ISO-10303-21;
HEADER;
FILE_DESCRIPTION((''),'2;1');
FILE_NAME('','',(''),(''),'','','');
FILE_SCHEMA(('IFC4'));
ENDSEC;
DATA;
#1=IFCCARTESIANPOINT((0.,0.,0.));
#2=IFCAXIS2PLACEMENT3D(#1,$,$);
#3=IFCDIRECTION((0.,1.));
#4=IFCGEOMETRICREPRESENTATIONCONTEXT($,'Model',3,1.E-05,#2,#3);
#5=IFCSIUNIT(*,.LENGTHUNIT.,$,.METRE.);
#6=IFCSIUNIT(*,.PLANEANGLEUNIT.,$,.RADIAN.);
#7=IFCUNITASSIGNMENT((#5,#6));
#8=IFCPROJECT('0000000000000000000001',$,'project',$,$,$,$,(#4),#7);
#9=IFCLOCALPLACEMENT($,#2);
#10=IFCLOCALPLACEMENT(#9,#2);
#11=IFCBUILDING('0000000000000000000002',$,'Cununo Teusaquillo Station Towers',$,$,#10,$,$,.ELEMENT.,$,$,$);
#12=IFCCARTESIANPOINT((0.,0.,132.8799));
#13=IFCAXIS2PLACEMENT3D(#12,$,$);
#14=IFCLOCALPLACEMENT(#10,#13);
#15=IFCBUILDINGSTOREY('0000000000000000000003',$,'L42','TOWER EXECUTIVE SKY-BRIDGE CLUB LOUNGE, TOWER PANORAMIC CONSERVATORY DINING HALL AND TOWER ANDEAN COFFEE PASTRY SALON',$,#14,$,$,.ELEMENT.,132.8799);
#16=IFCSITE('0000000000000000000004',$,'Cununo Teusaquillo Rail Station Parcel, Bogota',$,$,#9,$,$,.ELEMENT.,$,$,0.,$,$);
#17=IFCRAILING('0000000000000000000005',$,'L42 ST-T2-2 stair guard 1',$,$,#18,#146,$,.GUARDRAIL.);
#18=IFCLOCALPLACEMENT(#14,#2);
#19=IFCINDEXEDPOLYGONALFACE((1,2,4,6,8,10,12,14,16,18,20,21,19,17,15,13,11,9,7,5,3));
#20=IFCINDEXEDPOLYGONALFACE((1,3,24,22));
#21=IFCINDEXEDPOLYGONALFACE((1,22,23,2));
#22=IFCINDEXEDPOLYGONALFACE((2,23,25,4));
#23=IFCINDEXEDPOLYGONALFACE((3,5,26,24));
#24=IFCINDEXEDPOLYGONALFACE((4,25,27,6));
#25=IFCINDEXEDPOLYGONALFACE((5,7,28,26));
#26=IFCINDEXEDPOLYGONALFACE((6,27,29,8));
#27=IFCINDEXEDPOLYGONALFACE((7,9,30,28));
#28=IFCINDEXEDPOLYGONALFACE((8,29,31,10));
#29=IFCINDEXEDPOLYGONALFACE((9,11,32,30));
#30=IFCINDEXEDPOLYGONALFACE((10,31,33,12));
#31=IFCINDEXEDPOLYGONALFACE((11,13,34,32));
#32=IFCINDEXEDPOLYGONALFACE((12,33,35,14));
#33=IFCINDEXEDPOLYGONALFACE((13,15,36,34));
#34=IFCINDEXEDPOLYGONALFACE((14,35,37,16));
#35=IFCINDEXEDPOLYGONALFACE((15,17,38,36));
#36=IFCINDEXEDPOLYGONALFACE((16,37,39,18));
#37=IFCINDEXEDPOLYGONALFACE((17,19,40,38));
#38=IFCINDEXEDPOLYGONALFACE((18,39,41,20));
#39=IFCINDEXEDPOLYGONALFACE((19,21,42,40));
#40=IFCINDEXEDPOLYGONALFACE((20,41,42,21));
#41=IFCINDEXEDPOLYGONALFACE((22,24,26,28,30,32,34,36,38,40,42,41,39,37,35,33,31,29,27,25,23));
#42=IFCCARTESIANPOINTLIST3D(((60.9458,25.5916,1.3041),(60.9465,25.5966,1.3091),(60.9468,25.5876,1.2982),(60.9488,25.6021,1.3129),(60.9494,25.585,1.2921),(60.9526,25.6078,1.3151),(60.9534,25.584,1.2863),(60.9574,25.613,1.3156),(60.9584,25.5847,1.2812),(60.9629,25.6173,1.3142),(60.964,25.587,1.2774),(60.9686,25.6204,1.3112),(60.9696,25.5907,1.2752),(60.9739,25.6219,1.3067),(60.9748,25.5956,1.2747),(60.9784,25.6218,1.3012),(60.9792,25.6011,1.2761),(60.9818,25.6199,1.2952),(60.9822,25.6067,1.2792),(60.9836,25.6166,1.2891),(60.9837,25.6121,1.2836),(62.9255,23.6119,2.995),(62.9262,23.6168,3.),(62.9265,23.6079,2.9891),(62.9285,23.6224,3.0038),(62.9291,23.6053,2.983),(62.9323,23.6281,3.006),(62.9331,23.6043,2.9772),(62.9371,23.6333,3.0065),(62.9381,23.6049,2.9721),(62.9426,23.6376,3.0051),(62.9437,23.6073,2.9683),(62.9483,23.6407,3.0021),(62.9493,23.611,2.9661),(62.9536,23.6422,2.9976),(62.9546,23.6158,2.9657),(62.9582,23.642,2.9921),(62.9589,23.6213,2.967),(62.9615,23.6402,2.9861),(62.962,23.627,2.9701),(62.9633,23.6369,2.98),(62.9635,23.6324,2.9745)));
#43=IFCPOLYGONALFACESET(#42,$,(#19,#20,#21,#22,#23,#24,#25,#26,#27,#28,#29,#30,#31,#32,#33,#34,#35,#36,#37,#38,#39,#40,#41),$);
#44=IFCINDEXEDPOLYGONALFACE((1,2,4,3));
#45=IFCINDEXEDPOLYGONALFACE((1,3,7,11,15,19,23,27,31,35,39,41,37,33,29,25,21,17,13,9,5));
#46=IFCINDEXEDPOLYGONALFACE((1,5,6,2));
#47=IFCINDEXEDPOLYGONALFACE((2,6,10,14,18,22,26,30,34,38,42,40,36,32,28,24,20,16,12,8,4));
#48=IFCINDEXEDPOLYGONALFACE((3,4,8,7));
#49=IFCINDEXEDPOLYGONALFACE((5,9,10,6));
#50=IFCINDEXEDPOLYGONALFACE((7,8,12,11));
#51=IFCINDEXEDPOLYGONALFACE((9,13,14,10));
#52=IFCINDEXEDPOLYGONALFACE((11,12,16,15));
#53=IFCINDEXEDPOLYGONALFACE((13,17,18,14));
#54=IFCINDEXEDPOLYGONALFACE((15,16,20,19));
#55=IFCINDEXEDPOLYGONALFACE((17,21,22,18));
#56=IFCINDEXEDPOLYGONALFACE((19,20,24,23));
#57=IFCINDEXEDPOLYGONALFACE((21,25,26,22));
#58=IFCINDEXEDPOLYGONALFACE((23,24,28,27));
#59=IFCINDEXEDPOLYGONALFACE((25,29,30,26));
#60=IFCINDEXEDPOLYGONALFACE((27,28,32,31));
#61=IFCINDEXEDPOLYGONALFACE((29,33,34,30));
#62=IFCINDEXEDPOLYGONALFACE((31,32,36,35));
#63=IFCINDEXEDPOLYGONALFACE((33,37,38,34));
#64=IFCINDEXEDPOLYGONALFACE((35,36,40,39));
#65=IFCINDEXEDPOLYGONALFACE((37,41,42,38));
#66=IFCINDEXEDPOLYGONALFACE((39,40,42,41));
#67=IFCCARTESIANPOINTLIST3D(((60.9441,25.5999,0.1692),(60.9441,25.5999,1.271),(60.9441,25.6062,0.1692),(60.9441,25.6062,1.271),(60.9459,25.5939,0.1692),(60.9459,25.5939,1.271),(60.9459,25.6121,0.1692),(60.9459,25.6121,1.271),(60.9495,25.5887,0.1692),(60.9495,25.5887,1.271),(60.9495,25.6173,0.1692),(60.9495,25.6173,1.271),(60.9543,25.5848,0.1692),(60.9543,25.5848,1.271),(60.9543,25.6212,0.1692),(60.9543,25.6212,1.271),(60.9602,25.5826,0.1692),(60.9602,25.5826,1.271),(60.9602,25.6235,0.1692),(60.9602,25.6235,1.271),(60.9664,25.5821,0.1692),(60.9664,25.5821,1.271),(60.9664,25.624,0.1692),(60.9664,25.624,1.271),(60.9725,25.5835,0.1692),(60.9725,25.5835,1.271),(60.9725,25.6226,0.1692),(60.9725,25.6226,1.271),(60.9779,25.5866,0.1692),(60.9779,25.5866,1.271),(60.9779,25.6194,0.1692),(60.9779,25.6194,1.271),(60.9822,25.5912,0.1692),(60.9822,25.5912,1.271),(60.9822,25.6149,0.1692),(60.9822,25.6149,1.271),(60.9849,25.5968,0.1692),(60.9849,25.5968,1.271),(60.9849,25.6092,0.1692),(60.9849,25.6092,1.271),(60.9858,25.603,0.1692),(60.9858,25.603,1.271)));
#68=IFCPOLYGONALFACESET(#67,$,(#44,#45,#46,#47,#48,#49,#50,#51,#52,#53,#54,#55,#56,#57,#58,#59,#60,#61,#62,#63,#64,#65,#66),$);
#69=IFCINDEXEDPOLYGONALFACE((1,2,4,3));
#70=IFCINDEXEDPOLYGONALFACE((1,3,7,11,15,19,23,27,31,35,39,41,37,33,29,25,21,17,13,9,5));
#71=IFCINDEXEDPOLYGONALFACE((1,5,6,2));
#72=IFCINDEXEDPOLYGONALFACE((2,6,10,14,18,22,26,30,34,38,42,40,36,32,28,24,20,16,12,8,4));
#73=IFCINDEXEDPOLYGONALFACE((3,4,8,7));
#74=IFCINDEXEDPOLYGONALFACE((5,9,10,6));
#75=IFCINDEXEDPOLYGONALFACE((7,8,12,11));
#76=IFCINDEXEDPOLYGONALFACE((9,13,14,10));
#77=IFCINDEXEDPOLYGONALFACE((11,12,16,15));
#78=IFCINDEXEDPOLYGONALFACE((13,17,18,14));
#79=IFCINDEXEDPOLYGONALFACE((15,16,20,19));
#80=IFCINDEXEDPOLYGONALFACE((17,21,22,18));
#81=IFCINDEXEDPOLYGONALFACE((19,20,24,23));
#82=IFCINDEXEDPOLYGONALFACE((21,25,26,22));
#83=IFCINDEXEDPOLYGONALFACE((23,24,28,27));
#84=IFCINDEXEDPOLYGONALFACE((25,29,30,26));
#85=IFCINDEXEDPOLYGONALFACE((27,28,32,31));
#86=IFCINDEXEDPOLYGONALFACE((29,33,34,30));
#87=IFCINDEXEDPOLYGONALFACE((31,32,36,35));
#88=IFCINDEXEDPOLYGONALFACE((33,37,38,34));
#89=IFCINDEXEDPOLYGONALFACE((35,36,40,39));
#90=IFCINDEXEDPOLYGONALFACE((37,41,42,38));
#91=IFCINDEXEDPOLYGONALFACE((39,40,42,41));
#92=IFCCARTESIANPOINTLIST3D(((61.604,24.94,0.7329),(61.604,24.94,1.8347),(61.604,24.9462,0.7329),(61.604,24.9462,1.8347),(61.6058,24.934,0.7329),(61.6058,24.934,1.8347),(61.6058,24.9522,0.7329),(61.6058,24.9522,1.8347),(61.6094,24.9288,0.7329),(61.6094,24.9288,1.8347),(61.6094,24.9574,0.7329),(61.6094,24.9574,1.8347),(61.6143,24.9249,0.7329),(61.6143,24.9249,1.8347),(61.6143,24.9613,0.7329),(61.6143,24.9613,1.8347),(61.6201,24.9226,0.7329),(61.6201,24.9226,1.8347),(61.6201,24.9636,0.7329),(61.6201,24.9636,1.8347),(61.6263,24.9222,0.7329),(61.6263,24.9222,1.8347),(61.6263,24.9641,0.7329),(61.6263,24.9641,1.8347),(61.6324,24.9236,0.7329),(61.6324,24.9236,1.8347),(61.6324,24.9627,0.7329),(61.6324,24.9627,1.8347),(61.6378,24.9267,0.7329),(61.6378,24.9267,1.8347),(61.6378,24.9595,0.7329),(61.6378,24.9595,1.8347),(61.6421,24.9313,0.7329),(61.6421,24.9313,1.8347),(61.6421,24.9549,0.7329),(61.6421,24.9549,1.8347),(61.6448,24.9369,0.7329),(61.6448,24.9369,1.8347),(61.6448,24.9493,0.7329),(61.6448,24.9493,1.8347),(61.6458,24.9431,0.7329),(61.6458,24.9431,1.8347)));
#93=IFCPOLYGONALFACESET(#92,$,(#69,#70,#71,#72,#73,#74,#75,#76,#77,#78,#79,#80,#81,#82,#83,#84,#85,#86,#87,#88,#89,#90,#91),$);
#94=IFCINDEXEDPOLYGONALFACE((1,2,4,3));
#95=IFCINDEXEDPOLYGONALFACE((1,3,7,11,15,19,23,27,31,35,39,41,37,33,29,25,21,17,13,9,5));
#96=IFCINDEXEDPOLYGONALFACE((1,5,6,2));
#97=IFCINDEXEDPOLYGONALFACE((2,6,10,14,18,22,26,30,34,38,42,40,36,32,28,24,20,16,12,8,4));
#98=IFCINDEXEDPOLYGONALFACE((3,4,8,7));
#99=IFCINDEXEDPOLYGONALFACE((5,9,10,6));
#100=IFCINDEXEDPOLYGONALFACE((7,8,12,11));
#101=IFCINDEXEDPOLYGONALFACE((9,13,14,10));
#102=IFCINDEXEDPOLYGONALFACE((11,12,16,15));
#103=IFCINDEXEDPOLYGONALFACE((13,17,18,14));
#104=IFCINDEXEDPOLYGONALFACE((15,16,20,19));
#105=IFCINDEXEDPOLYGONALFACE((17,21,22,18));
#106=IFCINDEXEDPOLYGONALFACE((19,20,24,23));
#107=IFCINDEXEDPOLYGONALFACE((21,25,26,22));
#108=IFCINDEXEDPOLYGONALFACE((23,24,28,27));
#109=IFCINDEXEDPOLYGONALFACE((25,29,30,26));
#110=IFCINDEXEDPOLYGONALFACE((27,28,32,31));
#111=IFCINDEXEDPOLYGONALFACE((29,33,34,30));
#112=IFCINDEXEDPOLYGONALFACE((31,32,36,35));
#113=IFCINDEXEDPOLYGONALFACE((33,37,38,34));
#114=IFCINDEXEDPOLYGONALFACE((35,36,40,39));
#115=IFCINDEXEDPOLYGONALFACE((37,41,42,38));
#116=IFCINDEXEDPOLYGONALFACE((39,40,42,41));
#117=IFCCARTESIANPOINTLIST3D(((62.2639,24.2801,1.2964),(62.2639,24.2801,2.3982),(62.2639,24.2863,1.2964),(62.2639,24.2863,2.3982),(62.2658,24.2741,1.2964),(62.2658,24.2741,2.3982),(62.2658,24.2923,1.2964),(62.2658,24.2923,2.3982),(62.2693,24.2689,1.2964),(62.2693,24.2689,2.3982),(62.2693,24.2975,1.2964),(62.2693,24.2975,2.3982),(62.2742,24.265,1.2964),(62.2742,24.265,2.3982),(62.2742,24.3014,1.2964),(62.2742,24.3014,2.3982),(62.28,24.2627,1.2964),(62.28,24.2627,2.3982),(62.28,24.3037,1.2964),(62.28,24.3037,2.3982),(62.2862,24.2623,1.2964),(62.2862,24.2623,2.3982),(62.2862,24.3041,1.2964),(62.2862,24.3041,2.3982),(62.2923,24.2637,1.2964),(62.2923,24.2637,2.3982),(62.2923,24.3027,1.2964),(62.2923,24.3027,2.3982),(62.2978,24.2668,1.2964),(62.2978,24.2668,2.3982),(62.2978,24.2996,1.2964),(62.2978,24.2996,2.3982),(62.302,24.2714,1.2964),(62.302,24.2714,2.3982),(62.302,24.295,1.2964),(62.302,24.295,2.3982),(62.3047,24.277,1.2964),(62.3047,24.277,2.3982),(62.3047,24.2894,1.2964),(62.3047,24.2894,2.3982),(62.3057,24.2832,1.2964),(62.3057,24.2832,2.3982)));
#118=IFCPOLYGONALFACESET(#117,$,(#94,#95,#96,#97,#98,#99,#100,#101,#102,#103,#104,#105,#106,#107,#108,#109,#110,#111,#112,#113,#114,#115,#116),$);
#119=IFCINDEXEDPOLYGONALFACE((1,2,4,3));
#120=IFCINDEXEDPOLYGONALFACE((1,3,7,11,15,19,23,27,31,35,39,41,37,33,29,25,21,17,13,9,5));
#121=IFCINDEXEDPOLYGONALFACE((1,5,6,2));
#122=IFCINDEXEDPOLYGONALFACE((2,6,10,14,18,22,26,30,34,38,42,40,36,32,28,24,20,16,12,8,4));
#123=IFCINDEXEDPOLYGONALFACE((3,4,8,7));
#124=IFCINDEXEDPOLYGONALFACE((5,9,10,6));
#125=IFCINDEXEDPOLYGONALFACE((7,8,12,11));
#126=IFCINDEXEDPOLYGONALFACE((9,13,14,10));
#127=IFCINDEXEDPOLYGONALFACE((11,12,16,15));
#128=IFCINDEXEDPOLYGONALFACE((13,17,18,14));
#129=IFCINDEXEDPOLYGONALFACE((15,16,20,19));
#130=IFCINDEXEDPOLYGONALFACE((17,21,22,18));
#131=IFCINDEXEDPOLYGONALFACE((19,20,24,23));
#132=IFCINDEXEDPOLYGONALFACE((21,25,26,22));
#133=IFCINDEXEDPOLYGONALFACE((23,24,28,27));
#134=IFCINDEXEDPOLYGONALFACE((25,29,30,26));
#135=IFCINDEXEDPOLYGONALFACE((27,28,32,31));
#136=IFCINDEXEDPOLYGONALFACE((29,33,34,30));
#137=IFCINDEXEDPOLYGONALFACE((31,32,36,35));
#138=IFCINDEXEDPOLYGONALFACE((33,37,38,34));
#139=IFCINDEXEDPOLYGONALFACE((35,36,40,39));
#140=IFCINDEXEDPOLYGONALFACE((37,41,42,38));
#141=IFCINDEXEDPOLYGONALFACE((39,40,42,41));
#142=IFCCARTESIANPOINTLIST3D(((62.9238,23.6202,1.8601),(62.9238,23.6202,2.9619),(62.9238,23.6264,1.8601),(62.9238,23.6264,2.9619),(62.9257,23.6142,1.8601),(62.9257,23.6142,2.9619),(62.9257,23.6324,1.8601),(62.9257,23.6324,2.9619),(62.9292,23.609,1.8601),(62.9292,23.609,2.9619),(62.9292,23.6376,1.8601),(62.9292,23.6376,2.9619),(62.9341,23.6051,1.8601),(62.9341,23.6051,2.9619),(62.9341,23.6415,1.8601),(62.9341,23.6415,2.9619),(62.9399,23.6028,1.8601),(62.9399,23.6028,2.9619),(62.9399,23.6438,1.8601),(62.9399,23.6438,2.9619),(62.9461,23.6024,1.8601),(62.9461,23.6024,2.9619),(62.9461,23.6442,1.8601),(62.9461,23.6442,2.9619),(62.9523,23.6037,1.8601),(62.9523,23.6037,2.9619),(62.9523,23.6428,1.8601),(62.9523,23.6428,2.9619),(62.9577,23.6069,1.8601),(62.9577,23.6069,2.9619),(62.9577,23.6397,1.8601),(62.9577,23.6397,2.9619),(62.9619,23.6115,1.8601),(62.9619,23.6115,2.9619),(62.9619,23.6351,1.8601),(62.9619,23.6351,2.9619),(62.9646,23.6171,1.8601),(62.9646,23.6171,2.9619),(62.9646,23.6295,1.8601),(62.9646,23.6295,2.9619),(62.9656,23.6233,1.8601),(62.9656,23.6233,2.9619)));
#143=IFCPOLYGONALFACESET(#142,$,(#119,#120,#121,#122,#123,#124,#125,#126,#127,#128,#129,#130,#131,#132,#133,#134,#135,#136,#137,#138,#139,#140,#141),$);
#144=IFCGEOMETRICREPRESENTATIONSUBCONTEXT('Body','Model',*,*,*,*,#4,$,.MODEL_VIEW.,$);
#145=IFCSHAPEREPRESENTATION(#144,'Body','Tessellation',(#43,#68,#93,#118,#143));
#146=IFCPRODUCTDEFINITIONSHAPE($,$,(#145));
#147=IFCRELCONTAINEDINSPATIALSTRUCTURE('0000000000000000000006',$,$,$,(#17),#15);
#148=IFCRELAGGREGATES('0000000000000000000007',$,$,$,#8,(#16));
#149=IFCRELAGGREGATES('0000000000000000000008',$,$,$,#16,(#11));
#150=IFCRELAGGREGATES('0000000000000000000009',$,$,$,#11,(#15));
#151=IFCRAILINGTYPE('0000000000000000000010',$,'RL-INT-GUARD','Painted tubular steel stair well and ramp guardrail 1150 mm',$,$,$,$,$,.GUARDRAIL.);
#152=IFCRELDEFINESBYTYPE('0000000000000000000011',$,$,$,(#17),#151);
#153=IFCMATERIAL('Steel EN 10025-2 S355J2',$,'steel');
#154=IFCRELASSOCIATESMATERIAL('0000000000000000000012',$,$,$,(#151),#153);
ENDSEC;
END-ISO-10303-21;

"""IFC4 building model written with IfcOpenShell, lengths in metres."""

from ifc_helpers import new_model, si_unit, direction, frame, origin, origin_2d, place, context, subcontext, project, spatial, circle, extrude, material, type_object, element, save


model = new_model("IFC4")

# Units and contexts
model_context = context("Model", 3, precision=1e-05, world=origin(), true_north=direction((0.0, 1.0)))
body_context = subcontext(model_context, "Body", "Model", "MODEL_VIEW")
ifc_project = project(units=[si_unit("LENGTHUNIT", "METRE"), si_unit("PLANEANGLEUNIT", "RADIAN")], contexts=[model_context])

# Site, building, storey
site_placement = place(None, origin())
site = spatial("IfcSite", under=ifc_project, at=site_placement, Name="Cununo Teusaquillo Rail Station Parcel, Bogota", CompositionType="ELEMENT", RefElevation=0.0)
building_placement = place(site_placement, origin())
building = spatial("IfcBuilding", under=site, at=building_placement, Name="Cununo Teusaquillo Station Towers", CompositionType="ELEMENT")
storey_placement = place(building_placement, frame((0.0, 0.0, 132.8799)))
storey = spatial("IfcBuildingStorey", under=building, at=storey_placement, Name="L42", Description="TOWER EXECUTIVE SKY-BRIDGE CLUB LOUNGE, TOWER PANORAMIC CONSERVATORY DINING HALL AND TOWER ANDEAN COFFEE PASTRY SALON", CompositionType="ELEMENT", Elevation=132.8799)

# Railing
ifc_material_1 = material(Name="Steel EN 10025-2 S355J2", Category="steel")
railing_type_1 = type_object("IfcRailingType", Name="RL-INT-GUARD", Description="Painted tubular steel stair well and ramp guardrail 1150 mm", PredefinedType="GUARDRAIL", material=ifc_material_1)
railing_1_placement = place(storey_placement, frame((60.9648, 25.603, 0.1692)))
element("IfcRailing", 1, at=railing_1_placement, inside=storey, type_object=railing_type_1, Name="L42 ST-T2-2 stair guard 1", PredefinedType="GUARDRAIL", context=body_context, shape_type="SweptSolid", body=[
    extrude(circle(Radius=0.0239, at=origin_2d()), frame((0.0, 0.0, 1.126), z_axis=(0.605282, -0.605282, 0.516979), x_axis=(0.707107, 0.707107, 0.0)), (0.0, 0.0, 1.0), 3.2708),
    extrude(circle(Radius=0.021, at=origin_2d()), origin(), (0.0, 0.0, 1.0), 1.1018),
    extrude(circle(Radius=0.021, at=origin_2d()), frame((0.6599, -0.6599, 0.5637)), (0.0, 0.0, 1.0), 1.1018),
    extrude(circle(Radius=0.021, at=origin_2d()), frame((1.3198, -1.3198, 1.1272)), (0.0, 0.0, 1.0), 1.1018),
    extrude(circle(Radius=0.021, at=origin_2d()), frame((1.9797, -1.9797, 1.6909)), (0.0, 0.0, 1.0), 1.1018),
])

save(model, "model.ifc")
